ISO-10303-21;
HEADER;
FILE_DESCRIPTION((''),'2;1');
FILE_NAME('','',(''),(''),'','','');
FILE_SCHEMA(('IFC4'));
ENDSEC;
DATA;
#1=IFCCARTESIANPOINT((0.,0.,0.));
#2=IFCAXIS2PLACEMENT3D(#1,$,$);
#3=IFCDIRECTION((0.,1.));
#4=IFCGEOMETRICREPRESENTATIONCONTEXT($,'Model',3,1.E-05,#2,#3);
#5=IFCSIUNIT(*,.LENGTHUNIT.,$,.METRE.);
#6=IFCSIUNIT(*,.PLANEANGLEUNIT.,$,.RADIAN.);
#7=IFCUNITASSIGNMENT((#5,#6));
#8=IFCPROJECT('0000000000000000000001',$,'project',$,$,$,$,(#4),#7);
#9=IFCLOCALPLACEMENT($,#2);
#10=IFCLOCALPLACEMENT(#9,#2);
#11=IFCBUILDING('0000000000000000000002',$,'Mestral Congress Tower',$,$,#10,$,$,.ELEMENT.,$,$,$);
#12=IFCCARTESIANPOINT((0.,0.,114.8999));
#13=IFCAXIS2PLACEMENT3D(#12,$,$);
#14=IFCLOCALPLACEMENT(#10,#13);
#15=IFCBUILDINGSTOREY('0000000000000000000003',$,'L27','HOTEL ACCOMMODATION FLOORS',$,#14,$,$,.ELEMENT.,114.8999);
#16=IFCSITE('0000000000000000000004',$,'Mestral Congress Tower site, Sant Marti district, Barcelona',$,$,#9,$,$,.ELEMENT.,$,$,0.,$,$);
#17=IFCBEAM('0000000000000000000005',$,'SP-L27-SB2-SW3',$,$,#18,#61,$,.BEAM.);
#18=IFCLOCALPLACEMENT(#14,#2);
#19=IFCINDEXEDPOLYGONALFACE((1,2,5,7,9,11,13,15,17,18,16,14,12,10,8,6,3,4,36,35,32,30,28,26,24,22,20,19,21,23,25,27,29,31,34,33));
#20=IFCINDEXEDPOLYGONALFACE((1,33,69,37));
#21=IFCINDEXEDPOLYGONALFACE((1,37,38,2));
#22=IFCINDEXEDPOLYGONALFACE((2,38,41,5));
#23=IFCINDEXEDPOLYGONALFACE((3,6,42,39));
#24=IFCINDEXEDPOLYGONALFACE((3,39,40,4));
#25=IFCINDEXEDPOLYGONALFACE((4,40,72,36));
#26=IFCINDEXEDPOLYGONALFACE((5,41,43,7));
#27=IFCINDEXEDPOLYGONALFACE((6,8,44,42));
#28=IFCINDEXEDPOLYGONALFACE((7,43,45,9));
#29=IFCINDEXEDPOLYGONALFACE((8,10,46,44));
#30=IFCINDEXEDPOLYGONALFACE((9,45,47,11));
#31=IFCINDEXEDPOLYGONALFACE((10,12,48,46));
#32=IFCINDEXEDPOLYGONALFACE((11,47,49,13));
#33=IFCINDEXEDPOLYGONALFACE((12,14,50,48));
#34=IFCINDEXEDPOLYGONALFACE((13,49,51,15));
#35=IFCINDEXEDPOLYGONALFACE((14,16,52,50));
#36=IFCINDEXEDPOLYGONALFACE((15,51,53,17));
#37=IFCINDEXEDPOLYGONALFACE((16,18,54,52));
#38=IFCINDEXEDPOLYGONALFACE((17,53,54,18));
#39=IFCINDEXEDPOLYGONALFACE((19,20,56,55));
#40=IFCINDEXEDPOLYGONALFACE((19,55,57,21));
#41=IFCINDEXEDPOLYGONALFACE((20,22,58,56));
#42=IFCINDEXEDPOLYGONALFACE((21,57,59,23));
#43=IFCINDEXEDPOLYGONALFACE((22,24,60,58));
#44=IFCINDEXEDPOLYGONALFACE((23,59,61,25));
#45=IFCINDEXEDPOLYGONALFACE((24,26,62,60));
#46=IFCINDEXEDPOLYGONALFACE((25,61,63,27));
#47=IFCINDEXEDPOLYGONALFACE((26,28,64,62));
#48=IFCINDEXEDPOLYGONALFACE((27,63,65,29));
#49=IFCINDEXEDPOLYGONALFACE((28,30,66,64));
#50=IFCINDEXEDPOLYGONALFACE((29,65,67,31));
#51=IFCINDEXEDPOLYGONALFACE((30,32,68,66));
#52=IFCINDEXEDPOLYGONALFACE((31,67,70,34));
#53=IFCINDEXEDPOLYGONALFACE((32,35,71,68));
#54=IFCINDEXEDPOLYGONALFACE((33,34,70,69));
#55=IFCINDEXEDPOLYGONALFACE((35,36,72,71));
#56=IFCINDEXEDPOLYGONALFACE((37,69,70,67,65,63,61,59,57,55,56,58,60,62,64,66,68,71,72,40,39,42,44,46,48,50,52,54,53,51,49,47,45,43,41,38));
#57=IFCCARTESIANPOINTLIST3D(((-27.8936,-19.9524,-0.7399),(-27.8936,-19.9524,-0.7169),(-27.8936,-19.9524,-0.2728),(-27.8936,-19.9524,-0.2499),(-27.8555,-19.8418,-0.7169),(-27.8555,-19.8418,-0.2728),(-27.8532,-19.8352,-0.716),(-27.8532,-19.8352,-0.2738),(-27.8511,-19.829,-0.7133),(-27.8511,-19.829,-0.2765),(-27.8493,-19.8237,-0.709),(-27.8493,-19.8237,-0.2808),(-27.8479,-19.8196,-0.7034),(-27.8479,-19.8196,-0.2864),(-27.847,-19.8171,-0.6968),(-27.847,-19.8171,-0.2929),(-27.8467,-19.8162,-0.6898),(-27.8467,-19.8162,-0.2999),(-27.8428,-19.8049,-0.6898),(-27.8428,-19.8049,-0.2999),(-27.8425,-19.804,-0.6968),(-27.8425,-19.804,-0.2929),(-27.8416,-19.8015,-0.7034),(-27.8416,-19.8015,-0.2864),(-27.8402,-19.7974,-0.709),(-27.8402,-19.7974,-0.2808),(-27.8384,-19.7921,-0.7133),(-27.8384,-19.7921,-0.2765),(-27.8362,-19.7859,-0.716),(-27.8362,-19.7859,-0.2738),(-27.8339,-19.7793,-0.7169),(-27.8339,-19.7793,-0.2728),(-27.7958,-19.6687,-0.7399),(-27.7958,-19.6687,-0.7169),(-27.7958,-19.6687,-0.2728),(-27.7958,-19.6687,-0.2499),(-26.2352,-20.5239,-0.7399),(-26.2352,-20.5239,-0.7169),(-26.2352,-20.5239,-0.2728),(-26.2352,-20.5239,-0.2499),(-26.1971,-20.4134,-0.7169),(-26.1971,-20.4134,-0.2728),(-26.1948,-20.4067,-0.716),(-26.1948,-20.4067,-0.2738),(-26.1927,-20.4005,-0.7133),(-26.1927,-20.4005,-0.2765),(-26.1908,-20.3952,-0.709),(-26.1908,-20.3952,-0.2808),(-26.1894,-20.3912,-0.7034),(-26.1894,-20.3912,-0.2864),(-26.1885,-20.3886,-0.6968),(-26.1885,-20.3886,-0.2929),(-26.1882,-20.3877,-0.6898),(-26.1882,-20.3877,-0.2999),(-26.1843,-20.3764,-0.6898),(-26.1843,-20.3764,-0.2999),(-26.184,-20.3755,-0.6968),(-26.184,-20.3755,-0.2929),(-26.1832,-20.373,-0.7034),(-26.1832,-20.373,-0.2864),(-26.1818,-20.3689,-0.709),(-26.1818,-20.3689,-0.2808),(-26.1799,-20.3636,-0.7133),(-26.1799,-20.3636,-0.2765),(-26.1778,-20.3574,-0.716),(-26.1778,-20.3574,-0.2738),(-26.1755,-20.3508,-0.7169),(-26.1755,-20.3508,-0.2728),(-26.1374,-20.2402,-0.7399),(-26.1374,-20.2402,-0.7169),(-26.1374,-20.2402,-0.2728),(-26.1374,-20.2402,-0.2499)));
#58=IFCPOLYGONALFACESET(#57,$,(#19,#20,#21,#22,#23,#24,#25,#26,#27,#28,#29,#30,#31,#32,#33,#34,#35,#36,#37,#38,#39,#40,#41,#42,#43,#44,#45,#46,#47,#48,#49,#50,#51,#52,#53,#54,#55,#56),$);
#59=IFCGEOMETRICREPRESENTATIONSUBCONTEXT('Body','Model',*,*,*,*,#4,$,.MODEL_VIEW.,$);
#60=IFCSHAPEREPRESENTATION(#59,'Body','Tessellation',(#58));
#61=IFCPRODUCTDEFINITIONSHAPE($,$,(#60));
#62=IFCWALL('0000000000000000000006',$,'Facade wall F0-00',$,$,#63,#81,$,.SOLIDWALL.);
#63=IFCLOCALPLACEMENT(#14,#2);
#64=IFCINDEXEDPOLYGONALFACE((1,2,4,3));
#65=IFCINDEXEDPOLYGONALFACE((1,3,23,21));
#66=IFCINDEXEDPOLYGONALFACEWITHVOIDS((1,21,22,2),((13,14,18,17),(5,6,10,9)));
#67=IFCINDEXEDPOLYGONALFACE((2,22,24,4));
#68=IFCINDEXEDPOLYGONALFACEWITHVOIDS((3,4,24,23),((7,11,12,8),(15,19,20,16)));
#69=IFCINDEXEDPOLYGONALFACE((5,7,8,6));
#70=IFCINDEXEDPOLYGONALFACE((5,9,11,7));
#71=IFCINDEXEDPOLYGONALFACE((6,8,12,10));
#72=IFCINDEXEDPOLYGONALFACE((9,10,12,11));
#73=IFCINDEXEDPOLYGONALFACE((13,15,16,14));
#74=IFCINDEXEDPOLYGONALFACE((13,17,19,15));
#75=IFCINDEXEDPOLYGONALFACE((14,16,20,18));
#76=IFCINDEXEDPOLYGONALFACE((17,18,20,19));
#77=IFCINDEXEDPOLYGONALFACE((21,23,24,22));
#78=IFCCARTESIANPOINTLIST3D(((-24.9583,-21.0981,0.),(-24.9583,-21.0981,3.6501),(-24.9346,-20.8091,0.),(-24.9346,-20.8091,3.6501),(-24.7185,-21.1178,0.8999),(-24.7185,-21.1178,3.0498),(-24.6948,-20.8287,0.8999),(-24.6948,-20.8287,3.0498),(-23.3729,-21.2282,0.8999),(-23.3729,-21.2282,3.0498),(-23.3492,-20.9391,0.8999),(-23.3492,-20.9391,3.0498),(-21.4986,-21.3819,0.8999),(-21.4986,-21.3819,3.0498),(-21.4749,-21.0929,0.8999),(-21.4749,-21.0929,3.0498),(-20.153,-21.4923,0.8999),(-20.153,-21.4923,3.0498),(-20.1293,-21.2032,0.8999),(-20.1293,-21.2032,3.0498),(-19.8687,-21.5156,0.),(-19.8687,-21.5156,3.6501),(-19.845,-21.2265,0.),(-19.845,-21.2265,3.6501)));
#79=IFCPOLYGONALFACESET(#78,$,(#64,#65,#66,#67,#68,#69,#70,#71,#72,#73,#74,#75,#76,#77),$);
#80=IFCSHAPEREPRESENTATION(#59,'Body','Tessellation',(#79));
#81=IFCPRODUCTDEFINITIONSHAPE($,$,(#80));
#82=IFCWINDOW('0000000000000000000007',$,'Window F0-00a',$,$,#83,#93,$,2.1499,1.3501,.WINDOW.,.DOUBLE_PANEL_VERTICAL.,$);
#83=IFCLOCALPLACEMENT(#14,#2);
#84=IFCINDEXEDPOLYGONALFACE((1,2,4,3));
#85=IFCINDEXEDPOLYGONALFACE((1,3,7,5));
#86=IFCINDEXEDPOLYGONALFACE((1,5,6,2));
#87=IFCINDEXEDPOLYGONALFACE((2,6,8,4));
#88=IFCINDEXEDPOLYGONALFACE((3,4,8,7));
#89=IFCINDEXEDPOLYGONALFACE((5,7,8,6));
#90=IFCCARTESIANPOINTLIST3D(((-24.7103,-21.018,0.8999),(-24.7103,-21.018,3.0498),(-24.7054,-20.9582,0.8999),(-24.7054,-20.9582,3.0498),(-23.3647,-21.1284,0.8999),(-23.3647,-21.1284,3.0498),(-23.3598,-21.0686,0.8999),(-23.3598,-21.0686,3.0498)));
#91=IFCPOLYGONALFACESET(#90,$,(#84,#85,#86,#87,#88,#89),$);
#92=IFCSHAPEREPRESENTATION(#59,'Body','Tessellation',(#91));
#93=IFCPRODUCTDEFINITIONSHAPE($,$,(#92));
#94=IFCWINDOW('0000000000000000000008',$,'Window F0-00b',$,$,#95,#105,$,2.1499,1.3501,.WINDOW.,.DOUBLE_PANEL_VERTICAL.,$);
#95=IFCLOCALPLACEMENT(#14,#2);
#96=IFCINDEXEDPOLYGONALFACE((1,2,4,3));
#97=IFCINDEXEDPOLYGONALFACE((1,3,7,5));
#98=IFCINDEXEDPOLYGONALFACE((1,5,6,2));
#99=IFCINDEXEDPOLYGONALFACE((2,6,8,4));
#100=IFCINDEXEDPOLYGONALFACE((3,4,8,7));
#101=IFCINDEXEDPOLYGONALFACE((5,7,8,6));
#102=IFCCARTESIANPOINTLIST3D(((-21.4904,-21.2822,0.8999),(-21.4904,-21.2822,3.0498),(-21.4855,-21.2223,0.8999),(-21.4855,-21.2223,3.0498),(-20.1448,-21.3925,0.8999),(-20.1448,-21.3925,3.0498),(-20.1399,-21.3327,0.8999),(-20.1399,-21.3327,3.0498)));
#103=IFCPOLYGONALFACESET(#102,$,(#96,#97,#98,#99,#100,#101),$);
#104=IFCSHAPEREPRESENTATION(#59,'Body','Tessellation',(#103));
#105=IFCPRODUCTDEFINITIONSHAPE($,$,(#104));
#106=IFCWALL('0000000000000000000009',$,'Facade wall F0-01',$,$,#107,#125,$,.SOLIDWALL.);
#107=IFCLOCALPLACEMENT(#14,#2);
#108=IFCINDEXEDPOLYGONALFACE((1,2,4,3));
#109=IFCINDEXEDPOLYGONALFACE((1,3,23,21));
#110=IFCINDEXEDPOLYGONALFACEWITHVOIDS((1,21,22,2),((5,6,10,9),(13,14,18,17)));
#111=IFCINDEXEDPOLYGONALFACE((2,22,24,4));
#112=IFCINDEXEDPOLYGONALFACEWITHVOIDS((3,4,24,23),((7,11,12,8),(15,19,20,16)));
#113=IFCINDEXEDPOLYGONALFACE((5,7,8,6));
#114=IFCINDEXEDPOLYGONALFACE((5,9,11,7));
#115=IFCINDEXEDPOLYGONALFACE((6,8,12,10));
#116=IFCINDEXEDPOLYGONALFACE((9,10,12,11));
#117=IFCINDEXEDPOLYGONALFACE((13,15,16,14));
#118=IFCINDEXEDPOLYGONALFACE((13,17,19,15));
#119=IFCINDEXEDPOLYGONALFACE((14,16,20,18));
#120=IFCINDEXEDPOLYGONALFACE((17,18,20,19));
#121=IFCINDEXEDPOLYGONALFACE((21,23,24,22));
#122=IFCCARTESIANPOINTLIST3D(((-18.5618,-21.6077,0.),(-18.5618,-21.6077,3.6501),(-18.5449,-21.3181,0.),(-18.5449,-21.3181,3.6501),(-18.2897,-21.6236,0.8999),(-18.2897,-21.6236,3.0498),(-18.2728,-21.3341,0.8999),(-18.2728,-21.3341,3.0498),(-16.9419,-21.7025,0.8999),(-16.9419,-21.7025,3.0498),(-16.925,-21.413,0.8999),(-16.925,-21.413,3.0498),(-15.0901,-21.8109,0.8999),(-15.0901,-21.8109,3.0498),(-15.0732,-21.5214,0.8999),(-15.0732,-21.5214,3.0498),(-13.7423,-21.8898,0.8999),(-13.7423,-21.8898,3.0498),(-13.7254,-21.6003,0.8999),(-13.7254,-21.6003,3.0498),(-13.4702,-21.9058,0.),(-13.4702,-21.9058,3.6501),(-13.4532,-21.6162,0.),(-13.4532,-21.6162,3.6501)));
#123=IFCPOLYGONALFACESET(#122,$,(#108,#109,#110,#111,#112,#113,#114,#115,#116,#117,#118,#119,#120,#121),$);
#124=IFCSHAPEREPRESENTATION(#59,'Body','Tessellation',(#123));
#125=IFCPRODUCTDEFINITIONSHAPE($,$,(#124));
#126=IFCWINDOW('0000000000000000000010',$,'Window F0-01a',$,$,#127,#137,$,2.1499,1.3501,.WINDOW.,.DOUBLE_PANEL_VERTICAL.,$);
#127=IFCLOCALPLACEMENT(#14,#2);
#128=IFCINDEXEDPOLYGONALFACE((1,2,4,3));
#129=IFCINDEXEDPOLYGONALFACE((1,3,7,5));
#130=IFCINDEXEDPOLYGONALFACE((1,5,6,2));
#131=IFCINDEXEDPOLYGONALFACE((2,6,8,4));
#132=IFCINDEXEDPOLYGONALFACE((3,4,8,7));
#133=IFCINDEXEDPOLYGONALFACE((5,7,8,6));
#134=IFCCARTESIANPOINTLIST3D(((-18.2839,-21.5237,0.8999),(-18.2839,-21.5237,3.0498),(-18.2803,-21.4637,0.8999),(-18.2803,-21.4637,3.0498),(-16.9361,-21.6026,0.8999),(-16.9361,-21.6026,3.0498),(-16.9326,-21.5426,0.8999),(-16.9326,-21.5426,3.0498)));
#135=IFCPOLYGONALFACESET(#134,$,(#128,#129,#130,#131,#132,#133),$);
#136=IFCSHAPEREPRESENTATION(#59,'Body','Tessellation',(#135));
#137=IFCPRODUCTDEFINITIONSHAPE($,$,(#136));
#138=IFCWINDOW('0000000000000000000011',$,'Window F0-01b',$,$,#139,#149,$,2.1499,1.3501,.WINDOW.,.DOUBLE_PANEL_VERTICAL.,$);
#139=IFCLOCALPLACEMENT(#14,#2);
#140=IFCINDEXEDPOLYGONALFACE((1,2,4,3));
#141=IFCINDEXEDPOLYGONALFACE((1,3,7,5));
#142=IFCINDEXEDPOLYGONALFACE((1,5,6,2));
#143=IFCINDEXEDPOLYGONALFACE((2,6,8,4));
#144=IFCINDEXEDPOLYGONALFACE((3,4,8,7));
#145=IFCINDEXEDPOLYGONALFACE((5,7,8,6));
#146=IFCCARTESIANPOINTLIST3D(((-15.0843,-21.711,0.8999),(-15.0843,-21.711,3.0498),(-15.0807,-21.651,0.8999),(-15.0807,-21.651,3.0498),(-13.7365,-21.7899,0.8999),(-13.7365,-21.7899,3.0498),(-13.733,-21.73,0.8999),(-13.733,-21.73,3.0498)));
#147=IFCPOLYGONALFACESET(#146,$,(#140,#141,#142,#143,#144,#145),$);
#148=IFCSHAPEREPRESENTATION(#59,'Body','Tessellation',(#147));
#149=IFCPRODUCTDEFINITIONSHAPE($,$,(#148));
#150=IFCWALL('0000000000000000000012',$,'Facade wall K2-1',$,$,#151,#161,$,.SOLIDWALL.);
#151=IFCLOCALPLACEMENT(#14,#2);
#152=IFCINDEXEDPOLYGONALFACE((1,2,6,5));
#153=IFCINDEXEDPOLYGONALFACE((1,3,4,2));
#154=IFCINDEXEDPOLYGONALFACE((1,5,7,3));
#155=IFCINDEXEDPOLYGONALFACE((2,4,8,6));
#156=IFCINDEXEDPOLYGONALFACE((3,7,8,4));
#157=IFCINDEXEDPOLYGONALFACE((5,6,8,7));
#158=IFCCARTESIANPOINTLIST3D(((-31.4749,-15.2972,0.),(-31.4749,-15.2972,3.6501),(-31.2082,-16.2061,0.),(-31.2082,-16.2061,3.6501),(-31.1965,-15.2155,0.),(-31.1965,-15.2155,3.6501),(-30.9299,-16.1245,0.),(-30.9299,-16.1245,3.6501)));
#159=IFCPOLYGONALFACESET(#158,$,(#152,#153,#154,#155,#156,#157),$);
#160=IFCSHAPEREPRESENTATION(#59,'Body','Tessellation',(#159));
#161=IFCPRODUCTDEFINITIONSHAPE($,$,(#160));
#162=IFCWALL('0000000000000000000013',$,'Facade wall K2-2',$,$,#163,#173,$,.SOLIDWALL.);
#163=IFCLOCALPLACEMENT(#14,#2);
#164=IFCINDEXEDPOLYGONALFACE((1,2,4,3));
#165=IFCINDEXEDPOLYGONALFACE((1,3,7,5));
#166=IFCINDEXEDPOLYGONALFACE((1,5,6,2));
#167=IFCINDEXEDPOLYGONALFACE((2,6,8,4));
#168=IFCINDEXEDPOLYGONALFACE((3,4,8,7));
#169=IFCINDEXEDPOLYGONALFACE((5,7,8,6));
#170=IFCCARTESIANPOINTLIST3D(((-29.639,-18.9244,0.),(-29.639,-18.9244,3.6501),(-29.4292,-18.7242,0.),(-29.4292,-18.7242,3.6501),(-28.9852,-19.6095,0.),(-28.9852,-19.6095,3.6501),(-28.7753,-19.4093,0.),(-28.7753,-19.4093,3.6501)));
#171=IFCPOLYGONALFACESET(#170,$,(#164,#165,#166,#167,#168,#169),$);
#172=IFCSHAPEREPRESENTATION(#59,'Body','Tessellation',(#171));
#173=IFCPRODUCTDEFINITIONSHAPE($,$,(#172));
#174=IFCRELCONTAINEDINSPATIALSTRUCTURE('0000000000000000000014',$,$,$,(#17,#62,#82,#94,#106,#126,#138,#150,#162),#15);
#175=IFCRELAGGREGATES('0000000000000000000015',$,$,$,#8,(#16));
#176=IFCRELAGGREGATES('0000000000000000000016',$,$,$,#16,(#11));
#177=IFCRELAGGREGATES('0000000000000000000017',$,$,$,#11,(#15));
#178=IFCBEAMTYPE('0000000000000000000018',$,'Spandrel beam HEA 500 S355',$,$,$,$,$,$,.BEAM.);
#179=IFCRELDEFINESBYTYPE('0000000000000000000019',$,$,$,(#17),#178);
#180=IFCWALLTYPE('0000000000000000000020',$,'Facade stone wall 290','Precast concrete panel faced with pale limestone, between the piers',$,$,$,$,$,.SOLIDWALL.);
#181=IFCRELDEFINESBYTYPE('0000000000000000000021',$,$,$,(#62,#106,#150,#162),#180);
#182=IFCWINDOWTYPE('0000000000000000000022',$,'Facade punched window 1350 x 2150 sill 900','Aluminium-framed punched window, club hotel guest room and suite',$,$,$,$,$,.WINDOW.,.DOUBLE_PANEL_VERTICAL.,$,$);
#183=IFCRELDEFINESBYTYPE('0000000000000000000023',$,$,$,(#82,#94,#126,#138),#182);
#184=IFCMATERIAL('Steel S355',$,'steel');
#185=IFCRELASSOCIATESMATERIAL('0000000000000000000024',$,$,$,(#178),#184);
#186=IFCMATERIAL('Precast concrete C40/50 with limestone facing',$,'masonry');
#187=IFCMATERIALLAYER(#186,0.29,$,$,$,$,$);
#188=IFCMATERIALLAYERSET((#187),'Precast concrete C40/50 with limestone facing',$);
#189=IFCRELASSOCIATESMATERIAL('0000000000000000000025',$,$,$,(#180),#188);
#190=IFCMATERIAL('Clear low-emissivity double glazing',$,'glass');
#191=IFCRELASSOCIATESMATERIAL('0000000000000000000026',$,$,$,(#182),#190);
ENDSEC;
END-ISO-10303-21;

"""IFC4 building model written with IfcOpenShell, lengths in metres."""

from ifc_helpers import new_model, si_unit, direction, frame, frame_2d, origin, origin_2d, place, context, subcontext, project, spatial, rectangle, i_section, extrude, material, layer, layer_set, material_profile, profile_set, type_object, element, fill, save


model = new_model("IFC4")

# Units and contexts
model_context = context("Model", 3, precision=1e-05, world=origin(), true_north=direction((0.0, 1.0)))
body_context = subcontext(model_context, "Body", "Model", "MODEL_VIEW")
ifc_project = project(units=[si_unit("LENGTHUNIT", "METRE"), si_unit("PLANEANGLEUNIT", "RADIAN")], contexts=[model_context])

# Site, building, storey
site_placement = place(None, origin())
site = spatial("IfcSite", under=ifc_project, at=site_placement, Name="Mestral Congress Tower site, Sant Marti district, Barcelona", CompositionType="ELEMENT", RefElevation=0.0)
building_placement = place(site_placement, origin())
building = spatial("IfcBuilding", under=site, at=building_placement, Name="Mestral Congress Tower", CompositionType="ELEMENT")
storey_placement = place(building_placement, frame((0.0, 0.0, 114.8999)))
storey = spatial("IfcBuildingStorey", under=building, at=storey_placement, Name="L27", Description="HOTEL ACCOMMODATION FLOORS", CompositionType="ELEMENT", Elevation=114.8999)

# Beam
ifc_material_1 = material(Name="Steel S355", Category="steel")
ifc_material_profile_1 = material_profile(ifc_material_1, i_section(OverallWidth=0.3, OverallDepth=0.49, WebThickness=0.012, FlangeThickness=0.0229, FilletRadius=0.0271, at=origin_2d()), Name="HEA 500")
ifc_profile_set_1 = profile_set([ifc_material_profile_1], Name="Steel S355")
beam_type_1 = type_object("IfcBeamType", Name="Spandrel beam HEA 500 S355", PredefinedType="BEAM", material=ifc_profile_set_1)
beam_1_placement = place(storey_placement, frame((-27.8447, -19.8105, -0.4949), z_axis=(0.945434, -0.325815, 0.0), x_axis=(0.325815, 0.945434, 0.0)))
element("IfcBeam", 1, at=beam_1_placement, inside=storey, type_object=beam_type_1, Name="SP-L27-SB2-SW3", PredefinedType="BEAM", context=body_context, shape_type="SweptSolid", body=[
    extrude(i_section(OverallWidth=0.3, OverallDepth=0.49, WebThickness=0.012, FlangeThickness=0.0229, FilletRadius=0.0271, at=origin_2d()), origin(), (0.0, 0.0, 1.0), 1.7542),
])

# Walls, openings, windows
ifc_material_2 = material(Name="Precast concrete C40/50 with limestone facing", Category="masonry")
ifc_layer_1 = layer(ifc_material_2, 0.29)
ifc_layer_set_1 = layer_set([ifc_layer_1], Name="Precast concrete C40/50 with limestone facing")
wall_type_1 = type_object("IfcWallType", Name="Facade stone wall 290", Description="Precast concrete panel faced with pale limestone, between the piers", PredefinedType="SOLIDWALL", material=ifc_layer_set_1)
wall_1_placement = place(storey_placement, frame((-24.9463, -20.9536, 0.0), z_axis=(0.0, 0.0, 1.0), x_axis=(0.996653, -0.081752, 0.0)))
wall_1 = element("IfcWall", 2, at=wall_1_placement, inside=storey, type_object=wall_type_1, Name="Facade wall F0-00", PredefinedType="SOLIDWALL", context=body_context, shape_type="SweptSolid", body=[
    extrude(rectangle(XDim=5.1067, YDim=0.29, at=frame_2d((2.5532, 0.0))), origin(), (0.0, 0.0, 1.0), 3.6501),
])
opening_1_placement = place(wall_1_placement, frame((0.2405, 0.0, 0.8999)))
opening_1 = element("IfcOpeningElement", 3, at=opening_1_placement, cuts=wall_1, PredefinedType="OPENING", context=body_context, shape_type="SweptSolid", body=[
    extrude(rectangle(XDim=1.3501, YDim=2.1499, at=frame_2d((0.675, 1.075))), frame((0.0, 0.155, 0.0), z_axis=(0.0, -1.0, 0.0), x_axis=(1.0, 0.0, 0.0)), (0.0, 0.0, 1.0), 0.3101),
])
opening_2_placement = place(wall_1_placement, frame((3.4712, 0.0, 0.8999)))
opening_2 = element("IfcOpeningElement", 4, at=opening_2_placement, cuts=wall_1, PredefinedType="OPENING", context=body_context, shape_type="SweptSolid", body=[
    extrude(rectangle(XDim=1.3501, YDim=2.1499, at=frame_2d((0.675, 1.075))), frame((0.0, 0.155, 0.0), z_axis=(0.0, -1.0, 0.0), x_axis=(1.0, 0.0, 0.0)), (0.0, 0.0, 1.0), 0.3101),
])
ifc_material_3 = material(Name="Clear low-emissivity double glazing", Category="glass")
window_type_1 = type_object("IfcWindowType", Name="Facade punched window 1350 x 2150 sill 900", Description="Aluminium-framed punched window, club hotel guest room and suite", PartitioningType="DOUBLE_PANEL_VERTICAL", PredefinedType="WINDOW", material=ifc_material_3)
window_1_placement = place(opening_1_placement, origin())
window_1 = element("IfcWindow", 5, at=window_1_placement, inside=storey, type_object=window_type_1, Name="Window F0-00a", OverallHeight=2.1499, OverallWidth=1.3501, PartitioningType="DOUBLE_PANEL_VERTICAL", PredefinedType="WINDOW", context=body_context, shape_type="SweptSolid", body=[
    extrude(rectangle(XDim=1.3501, YDim=2.1499, at=frame_2d((0.675, 1.075))), frame((0.0, 0.0151, 0.0), z_axis=(0.0, -1.0, 0.0), x_axis=(1.0, 0.0, 0.0)), (0.0, 0.0, 1.0), 0.0601),
])
fill(opening_1, window_1)
window_2_placement = place(opening_2_placement, origin())
window_2 = element("IfcWindow", 6, at=window_2_placement, inside=storey, type_object=window_type_1, Name="Window F0-00b", OverallHeight=2.1499, OverallWidth=1.3501, PartitioningType="DOUBLE_PANEL_VERTICAL", PredefinedType="WINDOW", context=body_context, shape_type="SweptSolid", body=[
    extrude(rectangle(XDim=1.3501, YDim=2.1499, at=frame_2d((0.675, 1.075))), frame((0.0, 0.0151, 0.0), z_axis=(0.0, -1.0, 0.0), x_axis=(1.0, 0.0, 0.0)), (0.0, 0.0, 1.0), 0.0601),
])
fill(opening_2, window_2)
wall_2_placement = place(storey_placement, frame((-18.5535, -21.4629, 0.0), z_axis=(0.0, 0.0, 1.0), x_axis=(0.998291, -0.058447, 0.0)))
wall_2 = element("IfcWall", 7, at=wall_2_placement, inside=storey, type_object=wall_type_1, Name="Facade wall F0-01", PredefinedType="SOLIDWALL", context=body_context, shape_type="SweptSolid", body=[
    extrude(rectangle(XDim=5.1003, YDim=0.29, at=frame_2d((2.5503, 0.0))), origin(), (0.0, 0.0, 1.0), 3.6501),
])
opening_3_placement = place(wall_2_placement, frame((0.2727, 0.0, 0.8999)))
opening_3 = element("IfcOpeningElement", 8, at=opening_3_placement, cuts=wall_2, PredefinedType="OPENING", context=body_context, shape_type="SweptSolid", body=[
    extrude(rectangle(XDim=1.3501, YDim=2.1499, at=frame_2d((0.675, 1.075))), frame((0.0, 0.155, 0.0), z_axis=(0.0, -1.0, 0.0), x_axis=(1.0, 0.0, 0.0)), (0.0, 0.0, 1.0), 0.3101),
])
opening_4_placement = place(wall_2_placement, frame((3.4778, 0.0, 0.8999)))
opening_4 = element("IfcOpeningElement", 9, at=opening_4_placement, cuts=wall_2, PredefinedType="OPENING", context=body_context, shape_type="SweptSolid", body=[
    extrude(rectangle(XDim=1.3501, YDim=2.1499, at=frame_2d((0.675, 1.075))), frame((0.0, 0.155, 0.0), z_axis=(0.0, -1.0, 0.0), x_axis=(1.0, 0.0, 0.0)), (0.0, 0.0, 1.0), 0.3101),
])
window_3_placement = place(opening_3_placement, origin())
window_3 = element("IfcWindow", 10, at=window_3_placement, inside=storey, type_object=window_type_1, Name="Window F0-01a", OverallHeight=2.1499, OverallWidth=1.3501, PartitioningType="DOUBLE_PANEL_VERTICAL", PredefinedType="WINDOW", context=body_context, shape_type="SweptSolid", body=[
    extrude(rectangle(XDim=1.3501, YDim=2.1499, at=frame_2d((0.675, 1.075))), frame((0.0, 0.0151, 0.0), z_axis=(0.0, -1.0, 0.0), x_axis=(1.0, 0.0, 0.0)), (0.0, 0.0, 1.0), 0.0601),
])
fill(opening_3, window_3)
window_4_placement = place(opening_4_placement, origin())
window_4 = element("IfcWindow", 11, at=window_4_placement, inside=storey, type_object=window_type_1, Name="Window F0-01b", OverallHeight=2.1499, OverallWidth=1.3501, PartitioningType="DOUBLE_PANEL_VERTICAL", PredefinedType="WINDOW", context=body_context, shape_type="SweptSolid", body=[
    extrude(rectangle(XDim=1.3501, YDim=2.1499, at=frame_2d((0.675, 1.075))), frame((0.0, 0.0151, 0.0), z_axis=(0.0, -1.0, 0.0), x_axis=(1.0, 0.0, 0.0)), (0.0, 0.0, 1.0), 0.0601),
])
fill(opening_4, window_4)

# Walls
wall_3_placement = place(storey_placement, frame((-31.3357, -15.2563, 0.0), z_axis=(0.0, 0.0, 1.0), x_axis=(0.281455, -0.959575, 0.0)))
element("IfcWall", 12, at=wall_3_placement, inside=storey, type_object=wall_type_1, Name="Facade wall K2-1", PredefinedType="SOLIDWALL", context=body_context, shape_type="SweptSolid", body=[
    extrude(rectangle(XDim=0.9473, YDim=0.29, at=frame_2d((0.4736, 0.0))), origin(), (0.0, 0.0, 1.0), 3.6501),
])
wall_4_placement = place(storey_placement, frame((-29.5342, -18.8242, 0.0), z_axis=(0.0, 0.0, 1.0), x_axis=(0.690414, -0.723414, 0.0)))
element("IfcWall", 13, at=wall_4_placement, inside=storey, type_object=wall_type_1, Name="Facade wall K2-2", PredefinedType="SOLIDWALL", context=body_context, shape_type="SweptSolid", body=[
    extrude(rectangle(XDim=0.947, YDim=0.29, at=frame_2d((0.4736, 0.0))), origin(), (0.0, 0.0, 1.0), 3.6501),
])

save(model, "model.ifc")
